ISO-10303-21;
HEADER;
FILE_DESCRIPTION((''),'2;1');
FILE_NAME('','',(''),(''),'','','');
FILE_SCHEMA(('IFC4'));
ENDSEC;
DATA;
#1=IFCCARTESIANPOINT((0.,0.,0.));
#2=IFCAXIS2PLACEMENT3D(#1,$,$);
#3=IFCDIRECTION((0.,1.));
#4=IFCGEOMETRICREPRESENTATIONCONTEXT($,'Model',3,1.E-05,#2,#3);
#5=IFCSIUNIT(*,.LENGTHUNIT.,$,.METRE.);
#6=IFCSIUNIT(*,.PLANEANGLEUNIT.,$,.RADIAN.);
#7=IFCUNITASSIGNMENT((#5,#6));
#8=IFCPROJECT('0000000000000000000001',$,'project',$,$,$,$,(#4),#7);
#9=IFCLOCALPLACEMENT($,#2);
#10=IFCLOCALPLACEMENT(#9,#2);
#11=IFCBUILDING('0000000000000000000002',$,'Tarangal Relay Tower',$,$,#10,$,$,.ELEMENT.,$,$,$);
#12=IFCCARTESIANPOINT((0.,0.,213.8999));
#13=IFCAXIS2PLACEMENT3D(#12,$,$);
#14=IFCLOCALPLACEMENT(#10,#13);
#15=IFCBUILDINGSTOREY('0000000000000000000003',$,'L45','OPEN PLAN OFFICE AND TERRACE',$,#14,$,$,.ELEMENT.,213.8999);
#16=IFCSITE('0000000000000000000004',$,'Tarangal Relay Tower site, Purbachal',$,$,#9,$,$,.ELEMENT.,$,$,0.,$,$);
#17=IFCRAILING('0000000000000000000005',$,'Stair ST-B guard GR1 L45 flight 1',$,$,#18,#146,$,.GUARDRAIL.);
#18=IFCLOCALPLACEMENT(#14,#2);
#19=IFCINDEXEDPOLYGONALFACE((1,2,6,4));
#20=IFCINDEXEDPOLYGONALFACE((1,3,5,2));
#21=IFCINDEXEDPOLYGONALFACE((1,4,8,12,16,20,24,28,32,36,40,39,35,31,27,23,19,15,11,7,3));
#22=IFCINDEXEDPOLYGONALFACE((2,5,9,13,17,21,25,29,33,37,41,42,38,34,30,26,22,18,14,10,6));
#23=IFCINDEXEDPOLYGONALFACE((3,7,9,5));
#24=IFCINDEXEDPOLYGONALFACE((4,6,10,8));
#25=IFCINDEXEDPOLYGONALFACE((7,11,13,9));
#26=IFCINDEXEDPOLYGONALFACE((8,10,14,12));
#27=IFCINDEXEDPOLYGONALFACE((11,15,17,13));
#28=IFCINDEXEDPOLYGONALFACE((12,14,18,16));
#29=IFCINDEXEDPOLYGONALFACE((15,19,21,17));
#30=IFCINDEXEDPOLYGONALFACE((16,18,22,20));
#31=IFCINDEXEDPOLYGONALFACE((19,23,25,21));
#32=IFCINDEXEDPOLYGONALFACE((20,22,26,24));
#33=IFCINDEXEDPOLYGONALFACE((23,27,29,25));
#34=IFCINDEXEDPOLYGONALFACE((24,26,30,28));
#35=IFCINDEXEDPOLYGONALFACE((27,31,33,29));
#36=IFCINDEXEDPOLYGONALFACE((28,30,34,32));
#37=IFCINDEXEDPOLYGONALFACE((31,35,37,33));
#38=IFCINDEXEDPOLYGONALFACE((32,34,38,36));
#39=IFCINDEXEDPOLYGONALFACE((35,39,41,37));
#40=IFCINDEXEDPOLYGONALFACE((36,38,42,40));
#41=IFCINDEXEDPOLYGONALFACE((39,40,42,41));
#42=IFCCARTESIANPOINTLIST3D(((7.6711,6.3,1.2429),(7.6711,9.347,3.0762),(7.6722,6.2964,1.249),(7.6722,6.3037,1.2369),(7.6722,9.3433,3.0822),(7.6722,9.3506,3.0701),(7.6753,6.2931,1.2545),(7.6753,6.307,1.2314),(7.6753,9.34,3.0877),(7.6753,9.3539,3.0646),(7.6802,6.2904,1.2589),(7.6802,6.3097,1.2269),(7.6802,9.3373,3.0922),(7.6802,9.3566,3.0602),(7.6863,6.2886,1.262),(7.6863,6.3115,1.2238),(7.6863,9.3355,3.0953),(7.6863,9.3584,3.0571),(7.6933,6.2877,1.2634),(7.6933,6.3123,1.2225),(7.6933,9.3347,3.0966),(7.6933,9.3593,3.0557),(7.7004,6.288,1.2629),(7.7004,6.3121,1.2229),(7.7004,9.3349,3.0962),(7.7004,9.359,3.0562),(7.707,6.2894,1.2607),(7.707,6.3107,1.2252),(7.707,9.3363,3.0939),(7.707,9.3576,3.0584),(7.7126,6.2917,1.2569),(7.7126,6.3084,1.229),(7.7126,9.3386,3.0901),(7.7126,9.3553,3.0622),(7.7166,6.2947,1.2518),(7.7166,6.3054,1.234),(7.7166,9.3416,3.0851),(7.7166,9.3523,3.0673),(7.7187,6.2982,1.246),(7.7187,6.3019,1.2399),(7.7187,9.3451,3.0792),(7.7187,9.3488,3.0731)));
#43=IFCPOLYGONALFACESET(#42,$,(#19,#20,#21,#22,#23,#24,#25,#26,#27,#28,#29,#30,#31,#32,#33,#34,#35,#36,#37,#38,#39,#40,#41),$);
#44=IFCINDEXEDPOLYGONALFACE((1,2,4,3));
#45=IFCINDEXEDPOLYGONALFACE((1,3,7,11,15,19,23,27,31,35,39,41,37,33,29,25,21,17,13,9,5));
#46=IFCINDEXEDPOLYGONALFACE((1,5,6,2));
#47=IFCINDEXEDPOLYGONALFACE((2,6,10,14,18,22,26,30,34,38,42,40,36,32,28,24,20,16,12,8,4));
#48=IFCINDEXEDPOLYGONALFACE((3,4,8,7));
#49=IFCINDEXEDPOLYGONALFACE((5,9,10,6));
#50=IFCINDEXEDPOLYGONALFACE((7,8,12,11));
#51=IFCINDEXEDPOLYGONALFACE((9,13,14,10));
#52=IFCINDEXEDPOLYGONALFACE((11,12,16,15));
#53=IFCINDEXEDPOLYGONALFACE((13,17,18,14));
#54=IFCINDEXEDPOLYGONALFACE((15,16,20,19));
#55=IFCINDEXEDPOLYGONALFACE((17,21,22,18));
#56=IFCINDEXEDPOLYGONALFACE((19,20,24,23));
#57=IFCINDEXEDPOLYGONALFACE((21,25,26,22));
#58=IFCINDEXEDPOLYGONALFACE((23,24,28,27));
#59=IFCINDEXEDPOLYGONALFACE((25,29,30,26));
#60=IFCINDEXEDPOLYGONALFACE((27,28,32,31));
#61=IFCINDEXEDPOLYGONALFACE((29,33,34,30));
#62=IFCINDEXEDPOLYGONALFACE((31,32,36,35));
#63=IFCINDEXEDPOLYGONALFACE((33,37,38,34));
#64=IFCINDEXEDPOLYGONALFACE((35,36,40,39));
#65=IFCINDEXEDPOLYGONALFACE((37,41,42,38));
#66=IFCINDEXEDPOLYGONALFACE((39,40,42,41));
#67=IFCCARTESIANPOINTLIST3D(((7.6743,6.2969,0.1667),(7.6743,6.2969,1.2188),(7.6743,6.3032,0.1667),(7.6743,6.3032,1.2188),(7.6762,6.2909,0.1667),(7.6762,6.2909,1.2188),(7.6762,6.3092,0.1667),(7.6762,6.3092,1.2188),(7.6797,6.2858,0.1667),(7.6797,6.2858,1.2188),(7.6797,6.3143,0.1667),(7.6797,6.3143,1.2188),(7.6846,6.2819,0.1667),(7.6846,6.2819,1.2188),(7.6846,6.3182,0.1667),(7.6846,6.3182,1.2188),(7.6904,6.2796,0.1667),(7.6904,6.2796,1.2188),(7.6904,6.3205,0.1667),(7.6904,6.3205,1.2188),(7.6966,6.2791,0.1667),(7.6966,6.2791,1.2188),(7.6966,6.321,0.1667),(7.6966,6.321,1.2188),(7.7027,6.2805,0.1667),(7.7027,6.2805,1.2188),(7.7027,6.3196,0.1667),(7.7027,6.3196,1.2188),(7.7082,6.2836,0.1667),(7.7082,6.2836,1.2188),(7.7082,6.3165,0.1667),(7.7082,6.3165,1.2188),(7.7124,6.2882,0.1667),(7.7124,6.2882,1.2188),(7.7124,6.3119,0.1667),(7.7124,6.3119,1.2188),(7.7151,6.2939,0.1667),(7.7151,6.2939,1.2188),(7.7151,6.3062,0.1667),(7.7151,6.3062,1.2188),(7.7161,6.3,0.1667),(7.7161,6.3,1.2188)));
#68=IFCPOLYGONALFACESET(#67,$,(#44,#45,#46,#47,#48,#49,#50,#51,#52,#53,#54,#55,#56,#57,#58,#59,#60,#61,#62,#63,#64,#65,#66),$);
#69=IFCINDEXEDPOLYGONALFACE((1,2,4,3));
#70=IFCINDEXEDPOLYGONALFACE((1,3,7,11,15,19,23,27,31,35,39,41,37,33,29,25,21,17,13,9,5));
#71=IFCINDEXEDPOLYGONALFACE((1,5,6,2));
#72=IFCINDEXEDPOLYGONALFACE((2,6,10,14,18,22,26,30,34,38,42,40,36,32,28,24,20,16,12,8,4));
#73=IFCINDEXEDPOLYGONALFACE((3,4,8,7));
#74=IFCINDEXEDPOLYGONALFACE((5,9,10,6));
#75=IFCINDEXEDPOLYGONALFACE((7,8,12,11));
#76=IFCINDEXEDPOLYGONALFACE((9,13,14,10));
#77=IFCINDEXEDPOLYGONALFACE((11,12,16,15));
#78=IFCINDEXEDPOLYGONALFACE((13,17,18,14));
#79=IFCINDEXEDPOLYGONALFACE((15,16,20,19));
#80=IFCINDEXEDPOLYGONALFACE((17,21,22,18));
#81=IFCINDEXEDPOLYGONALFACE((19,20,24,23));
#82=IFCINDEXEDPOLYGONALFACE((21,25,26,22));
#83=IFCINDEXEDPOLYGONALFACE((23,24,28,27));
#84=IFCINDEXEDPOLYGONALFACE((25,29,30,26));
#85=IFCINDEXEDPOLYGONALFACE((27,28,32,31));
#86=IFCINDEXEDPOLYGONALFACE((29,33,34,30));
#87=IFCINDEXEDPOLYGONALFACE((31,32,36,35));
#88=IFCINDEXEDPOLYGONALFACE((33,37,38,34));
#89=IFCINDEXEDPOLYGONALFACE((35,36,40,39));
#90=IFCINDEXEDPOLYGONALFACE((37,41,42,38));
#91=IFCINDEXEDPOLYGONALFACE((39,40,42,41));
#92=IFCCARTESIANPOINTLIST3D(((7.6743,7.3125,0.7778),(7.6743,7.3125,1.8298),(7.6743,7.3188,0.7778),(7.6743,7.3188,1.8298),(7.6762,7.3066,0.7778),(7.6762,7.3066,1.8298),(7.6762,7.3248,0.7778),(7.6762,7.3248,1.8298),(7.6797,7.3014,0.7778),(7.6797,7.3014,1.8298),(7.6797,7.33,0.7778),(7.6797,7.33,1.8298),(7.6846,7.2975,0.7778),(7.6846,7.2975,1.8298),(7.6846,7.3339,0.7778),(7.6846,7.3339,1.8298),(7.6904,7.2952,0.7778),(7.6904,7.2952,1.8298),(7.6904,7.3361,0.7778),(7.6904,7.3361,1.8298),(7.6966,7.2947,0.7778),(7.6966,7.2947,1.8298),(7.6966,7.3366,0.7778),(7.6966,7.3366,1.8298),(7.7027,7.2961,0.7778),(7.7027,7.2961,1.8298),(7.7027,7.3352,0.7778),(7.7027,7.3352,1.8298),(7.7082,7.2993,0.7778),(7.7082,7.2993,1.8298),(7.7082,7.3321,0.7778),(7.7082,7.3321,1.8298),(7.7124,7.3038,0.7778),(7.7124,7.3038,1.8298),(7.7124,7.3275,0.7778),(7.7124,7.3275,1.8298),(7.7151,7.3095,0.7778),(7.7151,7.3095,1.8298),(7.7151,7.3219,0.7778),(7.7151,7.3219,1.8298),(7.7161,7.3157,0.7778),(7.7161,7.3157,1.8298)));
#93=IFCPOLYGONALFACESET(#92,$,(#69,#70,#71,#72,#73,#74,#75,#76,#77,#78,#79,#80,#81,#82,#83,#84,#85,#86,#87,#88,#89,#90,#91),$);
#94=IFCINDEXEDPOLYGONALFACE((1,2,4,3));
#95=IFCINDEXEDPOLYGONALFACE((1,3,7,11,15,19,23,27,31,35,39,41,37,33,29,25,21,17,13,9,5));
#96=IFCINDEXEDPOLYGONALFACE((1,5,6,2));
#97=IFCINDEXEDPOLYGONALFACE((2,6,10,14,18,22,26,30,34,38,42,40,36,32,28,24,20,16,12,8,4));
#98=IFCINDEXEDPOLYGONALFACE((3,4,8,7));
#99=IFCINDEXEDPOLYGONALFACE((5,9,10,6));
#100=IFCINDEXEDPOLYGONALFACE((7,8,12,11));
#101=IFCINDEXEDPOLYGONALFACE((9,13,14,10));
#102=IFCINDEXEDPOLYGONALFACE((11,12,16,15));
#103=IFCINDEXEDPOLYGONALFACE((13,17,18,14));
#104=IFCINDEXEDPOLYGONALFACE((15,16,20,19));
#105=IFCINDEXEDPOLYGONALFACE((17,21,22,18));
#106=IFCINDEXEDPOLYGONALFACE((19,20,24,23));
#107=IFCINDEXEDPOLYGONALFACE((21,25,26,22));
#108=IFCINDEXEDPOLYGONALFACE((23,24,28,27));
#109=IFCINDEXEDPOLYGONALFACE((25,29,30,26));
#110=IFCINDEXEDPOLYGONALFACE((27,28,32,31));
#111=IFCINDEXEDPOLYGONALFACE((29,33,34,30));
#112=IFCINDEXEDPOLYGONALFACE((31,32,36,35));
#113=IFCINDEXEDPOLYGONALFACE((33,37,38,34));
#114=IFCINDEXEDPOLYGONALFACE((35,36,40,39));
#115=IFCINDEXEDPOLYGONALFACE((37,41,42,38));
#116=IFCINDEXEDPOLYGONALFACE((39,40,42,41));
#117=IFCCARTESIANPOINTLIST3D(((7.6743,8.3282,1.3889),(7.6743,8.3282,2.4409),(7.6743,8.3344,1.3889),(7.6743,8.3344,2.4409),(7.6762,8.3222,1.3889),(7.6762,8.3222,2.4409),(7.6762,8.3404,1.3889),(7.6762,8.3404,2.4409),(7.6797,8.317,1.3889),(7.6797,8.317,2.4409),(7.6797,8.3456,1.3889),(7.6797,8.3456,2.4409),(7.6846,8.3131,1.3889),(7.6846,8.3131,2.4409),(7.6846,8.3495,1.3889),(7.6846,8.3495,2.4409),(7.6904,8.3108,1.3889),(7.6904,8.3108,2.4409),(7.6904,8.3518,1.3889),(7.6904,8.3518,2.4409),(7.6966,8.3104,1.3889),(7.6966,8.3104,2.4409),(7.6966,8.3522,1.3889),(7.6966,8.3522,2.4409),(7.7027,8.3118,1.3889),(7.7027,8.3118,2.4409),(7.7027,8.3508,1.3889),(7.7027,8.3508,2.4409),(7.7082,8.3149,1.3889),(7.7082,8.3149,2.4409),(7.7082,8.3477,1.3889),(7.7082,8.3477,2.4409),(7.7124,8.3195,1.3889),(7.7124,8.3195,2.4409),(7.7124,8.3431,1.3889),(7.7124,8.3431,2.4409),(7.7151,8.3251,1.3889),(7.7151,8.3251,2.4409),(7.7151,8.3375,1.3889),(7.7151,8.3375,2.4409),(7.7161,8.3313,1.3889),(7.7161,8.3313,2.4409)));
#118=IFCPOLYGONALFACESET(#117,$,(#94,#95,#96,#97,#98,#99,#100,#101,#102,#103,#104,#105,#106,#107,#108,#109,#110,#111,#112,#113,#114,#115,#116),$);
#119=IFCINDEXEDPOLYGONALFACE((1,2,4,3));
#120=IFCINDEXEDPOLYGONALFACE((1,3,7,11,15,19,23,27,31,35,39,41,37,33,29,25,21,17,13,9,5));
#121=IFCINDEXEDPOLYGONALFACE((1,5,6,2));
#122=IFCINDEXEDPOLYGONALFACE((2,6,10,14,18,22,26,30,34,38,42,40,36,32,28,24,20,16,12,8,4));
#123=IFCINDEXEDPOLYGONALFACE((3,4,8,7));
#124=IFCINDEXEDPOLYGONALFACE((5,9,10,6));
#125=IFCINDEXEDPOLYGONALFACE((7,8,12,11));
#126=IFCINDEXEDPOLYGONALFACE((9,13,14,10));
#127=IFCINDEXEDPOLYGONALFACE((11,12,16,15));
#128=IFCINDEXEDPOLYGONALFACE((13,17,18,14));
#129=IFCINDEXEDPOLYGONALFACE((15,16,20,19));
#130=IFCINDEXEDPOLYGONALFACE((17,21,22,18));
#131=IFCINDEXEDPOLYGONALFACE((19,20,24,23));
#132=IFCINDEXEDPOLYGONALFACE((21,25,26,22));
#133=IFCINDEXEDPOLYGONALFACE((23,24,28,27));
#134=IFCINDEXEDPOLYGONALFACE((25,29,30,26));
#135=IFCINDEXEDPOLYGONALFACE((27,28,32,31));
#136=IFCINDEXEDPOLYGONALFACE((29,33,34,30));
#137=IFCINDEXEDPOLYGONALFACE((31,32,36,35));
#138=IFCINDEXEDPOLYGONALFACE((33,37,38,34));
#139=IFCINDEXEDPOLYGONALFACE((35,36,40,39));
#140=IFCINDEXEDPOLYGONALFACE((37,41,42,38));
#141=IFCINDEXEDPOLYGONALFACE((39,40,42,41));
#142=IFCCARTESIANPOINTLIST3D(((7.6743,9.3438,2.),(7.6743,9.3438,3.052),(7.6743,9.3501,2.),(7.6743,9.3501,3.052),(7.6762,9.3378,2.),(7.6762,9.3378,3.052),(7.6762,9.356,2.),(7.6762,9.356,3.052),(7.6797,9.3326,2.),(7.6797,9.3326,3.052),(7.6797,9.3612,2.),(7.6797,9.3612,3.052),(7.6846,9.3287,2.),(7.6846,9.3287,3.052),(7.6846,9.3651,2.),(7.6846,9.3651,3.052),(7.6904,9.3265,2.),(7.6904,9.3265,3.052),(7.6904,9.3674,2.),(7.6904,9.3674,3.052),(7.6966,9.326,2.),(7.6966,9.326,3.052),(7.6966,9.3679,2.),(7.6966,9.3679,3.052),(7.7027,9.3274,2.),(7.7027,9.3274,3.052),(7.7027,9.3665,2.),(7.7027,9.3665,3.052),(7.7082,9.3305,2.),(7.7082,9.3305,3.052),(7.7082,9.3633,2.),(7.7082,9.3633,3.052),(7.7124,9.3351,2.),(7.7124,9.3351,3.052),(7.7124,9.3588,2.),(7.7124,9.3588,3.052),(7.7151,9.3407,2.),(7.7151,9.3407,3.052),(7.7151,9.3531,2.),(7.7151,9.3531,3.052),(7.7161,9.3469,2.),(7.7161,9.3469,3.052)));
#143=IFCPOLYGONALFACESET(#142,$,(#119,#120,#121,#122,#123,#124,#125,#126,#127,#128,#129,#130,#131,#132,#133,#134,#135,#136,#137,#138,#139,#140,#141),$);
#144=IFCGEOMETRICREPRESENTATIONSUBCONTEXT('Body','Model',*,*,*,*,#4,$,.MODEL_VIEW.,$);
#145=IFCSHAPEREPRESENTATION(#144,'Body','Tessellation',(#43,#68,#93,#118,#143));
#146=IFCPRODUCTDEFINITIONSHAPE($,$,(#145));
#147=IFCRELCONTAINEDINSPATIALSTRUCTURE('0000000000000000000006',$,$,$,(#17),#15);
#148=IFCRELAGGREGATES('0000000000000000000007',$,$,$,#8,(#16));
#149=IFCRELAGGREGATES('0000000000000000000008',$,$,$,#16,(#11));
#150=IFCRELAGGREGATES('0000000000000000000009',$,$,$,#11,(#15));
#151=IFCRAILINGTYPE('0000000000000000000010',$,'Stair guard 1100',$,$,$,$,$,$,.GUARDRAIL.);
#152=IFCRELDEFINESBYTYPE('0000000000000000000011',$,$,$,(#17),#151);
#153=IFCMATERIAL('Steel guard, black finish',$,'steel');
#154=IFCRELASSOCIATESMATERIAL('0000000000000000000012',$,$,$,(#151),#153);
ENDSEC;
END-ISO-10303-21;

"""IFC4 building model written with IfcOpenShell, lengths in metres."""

from ifc_helpers import new_model, si_unit, direction, frame, origin, origin_2d, place, context, subcontext, project, spatial, circle, extrude, material, type_object, element, save


model = new_model("IFC4")

# Units and contexts
model_context = context("Model", 3, precision=1e-05, world=origin(), true_north=direction((0.0, 1.0)))
body_context = subcontext(model_context, "Body", "Model", "MODEL_VIEW")
ifc_project = project(units=[si_unit("LENGTHUNIT", "METRE"), si_unit("PLANEANGLEUNIT", "RADIAN")], contexts=[model_context])

# Site, building, storey
site_placement = place(None, origin())
site = spatial("IfcSite", under=ifc_project, at=site_placement, Name="Tarangal Relay Tower site, Purbachal", CompositionType="ELEMENT", RefElevation=0.0)
building_placement = place(site_placement, origin())
building = spatial("IfcBuilding", under=site, at=building_placement, Name="Tarangal Relay Tower", CompositionType="ELEMENT")
storey_placement = place(building_placement, frame((0.0, 0.0, 213.8999)))
storey = spatial("IfcBuildingStorey", under=building, at=storey_placement, Name="L45", Description="OPEN PLAN OFFICE AND TERRACE", CompositionType="ELEMENT", Elevation=213.8999)

# Railing
ifc_material_1 = material(Name="Steel guard, black finish", Category="steel")
railing_type_1 = type_object("IfcRailingType", Name="Stair guard 1100", PredefinedType="GUARDRAIL", material=ifc_material_1)
railing_1_placement = place(storey_placement, frame((7.6951, 6.3, 0.1667)))
element("IfcRailing", 1, at=railing_1_placement, inside=storey, type_object=railing_type_1, Name="Stair ST-B guard GR1 L45 flight 1", PredefinedType="GUARDRAIL", context=body_context, shape_type="SweptSolid", body=[
    extrude(circle(Radius=0.0239, at=origin_2d()), frame((0.0, 0.0, 1.0762), z_axis=(0.0, 0.856856, 0.515556), x_axis=(-1.0, 0.0, 0.0)), (0.0, 0.0, 1.0), 3.5559),
    extrude(circle(Radius=0.021, at=origin_2d()), origin(), (0.0, 0.0, 1.0), 1.052),
    extrude(circle(Radius=0.021, at=origin_2d()), frame((0.0, 1.0156, 0.6111)), (0.0, 0.0, 1.0), 1.052),
    extrude(circle(Radius=0.021, at=origin_2d()), frame((0.0, 2.0312, 1.2222)), (0.0, 0.0, 1.0), 1.052),
    extrude(circle(Radius=0.021, at=origin_2d()), frame((0.0, 3.0469, 1.8333)), (0.0, 0.0, 1.0), 1.052),
])

save(model, "model.ifc")
